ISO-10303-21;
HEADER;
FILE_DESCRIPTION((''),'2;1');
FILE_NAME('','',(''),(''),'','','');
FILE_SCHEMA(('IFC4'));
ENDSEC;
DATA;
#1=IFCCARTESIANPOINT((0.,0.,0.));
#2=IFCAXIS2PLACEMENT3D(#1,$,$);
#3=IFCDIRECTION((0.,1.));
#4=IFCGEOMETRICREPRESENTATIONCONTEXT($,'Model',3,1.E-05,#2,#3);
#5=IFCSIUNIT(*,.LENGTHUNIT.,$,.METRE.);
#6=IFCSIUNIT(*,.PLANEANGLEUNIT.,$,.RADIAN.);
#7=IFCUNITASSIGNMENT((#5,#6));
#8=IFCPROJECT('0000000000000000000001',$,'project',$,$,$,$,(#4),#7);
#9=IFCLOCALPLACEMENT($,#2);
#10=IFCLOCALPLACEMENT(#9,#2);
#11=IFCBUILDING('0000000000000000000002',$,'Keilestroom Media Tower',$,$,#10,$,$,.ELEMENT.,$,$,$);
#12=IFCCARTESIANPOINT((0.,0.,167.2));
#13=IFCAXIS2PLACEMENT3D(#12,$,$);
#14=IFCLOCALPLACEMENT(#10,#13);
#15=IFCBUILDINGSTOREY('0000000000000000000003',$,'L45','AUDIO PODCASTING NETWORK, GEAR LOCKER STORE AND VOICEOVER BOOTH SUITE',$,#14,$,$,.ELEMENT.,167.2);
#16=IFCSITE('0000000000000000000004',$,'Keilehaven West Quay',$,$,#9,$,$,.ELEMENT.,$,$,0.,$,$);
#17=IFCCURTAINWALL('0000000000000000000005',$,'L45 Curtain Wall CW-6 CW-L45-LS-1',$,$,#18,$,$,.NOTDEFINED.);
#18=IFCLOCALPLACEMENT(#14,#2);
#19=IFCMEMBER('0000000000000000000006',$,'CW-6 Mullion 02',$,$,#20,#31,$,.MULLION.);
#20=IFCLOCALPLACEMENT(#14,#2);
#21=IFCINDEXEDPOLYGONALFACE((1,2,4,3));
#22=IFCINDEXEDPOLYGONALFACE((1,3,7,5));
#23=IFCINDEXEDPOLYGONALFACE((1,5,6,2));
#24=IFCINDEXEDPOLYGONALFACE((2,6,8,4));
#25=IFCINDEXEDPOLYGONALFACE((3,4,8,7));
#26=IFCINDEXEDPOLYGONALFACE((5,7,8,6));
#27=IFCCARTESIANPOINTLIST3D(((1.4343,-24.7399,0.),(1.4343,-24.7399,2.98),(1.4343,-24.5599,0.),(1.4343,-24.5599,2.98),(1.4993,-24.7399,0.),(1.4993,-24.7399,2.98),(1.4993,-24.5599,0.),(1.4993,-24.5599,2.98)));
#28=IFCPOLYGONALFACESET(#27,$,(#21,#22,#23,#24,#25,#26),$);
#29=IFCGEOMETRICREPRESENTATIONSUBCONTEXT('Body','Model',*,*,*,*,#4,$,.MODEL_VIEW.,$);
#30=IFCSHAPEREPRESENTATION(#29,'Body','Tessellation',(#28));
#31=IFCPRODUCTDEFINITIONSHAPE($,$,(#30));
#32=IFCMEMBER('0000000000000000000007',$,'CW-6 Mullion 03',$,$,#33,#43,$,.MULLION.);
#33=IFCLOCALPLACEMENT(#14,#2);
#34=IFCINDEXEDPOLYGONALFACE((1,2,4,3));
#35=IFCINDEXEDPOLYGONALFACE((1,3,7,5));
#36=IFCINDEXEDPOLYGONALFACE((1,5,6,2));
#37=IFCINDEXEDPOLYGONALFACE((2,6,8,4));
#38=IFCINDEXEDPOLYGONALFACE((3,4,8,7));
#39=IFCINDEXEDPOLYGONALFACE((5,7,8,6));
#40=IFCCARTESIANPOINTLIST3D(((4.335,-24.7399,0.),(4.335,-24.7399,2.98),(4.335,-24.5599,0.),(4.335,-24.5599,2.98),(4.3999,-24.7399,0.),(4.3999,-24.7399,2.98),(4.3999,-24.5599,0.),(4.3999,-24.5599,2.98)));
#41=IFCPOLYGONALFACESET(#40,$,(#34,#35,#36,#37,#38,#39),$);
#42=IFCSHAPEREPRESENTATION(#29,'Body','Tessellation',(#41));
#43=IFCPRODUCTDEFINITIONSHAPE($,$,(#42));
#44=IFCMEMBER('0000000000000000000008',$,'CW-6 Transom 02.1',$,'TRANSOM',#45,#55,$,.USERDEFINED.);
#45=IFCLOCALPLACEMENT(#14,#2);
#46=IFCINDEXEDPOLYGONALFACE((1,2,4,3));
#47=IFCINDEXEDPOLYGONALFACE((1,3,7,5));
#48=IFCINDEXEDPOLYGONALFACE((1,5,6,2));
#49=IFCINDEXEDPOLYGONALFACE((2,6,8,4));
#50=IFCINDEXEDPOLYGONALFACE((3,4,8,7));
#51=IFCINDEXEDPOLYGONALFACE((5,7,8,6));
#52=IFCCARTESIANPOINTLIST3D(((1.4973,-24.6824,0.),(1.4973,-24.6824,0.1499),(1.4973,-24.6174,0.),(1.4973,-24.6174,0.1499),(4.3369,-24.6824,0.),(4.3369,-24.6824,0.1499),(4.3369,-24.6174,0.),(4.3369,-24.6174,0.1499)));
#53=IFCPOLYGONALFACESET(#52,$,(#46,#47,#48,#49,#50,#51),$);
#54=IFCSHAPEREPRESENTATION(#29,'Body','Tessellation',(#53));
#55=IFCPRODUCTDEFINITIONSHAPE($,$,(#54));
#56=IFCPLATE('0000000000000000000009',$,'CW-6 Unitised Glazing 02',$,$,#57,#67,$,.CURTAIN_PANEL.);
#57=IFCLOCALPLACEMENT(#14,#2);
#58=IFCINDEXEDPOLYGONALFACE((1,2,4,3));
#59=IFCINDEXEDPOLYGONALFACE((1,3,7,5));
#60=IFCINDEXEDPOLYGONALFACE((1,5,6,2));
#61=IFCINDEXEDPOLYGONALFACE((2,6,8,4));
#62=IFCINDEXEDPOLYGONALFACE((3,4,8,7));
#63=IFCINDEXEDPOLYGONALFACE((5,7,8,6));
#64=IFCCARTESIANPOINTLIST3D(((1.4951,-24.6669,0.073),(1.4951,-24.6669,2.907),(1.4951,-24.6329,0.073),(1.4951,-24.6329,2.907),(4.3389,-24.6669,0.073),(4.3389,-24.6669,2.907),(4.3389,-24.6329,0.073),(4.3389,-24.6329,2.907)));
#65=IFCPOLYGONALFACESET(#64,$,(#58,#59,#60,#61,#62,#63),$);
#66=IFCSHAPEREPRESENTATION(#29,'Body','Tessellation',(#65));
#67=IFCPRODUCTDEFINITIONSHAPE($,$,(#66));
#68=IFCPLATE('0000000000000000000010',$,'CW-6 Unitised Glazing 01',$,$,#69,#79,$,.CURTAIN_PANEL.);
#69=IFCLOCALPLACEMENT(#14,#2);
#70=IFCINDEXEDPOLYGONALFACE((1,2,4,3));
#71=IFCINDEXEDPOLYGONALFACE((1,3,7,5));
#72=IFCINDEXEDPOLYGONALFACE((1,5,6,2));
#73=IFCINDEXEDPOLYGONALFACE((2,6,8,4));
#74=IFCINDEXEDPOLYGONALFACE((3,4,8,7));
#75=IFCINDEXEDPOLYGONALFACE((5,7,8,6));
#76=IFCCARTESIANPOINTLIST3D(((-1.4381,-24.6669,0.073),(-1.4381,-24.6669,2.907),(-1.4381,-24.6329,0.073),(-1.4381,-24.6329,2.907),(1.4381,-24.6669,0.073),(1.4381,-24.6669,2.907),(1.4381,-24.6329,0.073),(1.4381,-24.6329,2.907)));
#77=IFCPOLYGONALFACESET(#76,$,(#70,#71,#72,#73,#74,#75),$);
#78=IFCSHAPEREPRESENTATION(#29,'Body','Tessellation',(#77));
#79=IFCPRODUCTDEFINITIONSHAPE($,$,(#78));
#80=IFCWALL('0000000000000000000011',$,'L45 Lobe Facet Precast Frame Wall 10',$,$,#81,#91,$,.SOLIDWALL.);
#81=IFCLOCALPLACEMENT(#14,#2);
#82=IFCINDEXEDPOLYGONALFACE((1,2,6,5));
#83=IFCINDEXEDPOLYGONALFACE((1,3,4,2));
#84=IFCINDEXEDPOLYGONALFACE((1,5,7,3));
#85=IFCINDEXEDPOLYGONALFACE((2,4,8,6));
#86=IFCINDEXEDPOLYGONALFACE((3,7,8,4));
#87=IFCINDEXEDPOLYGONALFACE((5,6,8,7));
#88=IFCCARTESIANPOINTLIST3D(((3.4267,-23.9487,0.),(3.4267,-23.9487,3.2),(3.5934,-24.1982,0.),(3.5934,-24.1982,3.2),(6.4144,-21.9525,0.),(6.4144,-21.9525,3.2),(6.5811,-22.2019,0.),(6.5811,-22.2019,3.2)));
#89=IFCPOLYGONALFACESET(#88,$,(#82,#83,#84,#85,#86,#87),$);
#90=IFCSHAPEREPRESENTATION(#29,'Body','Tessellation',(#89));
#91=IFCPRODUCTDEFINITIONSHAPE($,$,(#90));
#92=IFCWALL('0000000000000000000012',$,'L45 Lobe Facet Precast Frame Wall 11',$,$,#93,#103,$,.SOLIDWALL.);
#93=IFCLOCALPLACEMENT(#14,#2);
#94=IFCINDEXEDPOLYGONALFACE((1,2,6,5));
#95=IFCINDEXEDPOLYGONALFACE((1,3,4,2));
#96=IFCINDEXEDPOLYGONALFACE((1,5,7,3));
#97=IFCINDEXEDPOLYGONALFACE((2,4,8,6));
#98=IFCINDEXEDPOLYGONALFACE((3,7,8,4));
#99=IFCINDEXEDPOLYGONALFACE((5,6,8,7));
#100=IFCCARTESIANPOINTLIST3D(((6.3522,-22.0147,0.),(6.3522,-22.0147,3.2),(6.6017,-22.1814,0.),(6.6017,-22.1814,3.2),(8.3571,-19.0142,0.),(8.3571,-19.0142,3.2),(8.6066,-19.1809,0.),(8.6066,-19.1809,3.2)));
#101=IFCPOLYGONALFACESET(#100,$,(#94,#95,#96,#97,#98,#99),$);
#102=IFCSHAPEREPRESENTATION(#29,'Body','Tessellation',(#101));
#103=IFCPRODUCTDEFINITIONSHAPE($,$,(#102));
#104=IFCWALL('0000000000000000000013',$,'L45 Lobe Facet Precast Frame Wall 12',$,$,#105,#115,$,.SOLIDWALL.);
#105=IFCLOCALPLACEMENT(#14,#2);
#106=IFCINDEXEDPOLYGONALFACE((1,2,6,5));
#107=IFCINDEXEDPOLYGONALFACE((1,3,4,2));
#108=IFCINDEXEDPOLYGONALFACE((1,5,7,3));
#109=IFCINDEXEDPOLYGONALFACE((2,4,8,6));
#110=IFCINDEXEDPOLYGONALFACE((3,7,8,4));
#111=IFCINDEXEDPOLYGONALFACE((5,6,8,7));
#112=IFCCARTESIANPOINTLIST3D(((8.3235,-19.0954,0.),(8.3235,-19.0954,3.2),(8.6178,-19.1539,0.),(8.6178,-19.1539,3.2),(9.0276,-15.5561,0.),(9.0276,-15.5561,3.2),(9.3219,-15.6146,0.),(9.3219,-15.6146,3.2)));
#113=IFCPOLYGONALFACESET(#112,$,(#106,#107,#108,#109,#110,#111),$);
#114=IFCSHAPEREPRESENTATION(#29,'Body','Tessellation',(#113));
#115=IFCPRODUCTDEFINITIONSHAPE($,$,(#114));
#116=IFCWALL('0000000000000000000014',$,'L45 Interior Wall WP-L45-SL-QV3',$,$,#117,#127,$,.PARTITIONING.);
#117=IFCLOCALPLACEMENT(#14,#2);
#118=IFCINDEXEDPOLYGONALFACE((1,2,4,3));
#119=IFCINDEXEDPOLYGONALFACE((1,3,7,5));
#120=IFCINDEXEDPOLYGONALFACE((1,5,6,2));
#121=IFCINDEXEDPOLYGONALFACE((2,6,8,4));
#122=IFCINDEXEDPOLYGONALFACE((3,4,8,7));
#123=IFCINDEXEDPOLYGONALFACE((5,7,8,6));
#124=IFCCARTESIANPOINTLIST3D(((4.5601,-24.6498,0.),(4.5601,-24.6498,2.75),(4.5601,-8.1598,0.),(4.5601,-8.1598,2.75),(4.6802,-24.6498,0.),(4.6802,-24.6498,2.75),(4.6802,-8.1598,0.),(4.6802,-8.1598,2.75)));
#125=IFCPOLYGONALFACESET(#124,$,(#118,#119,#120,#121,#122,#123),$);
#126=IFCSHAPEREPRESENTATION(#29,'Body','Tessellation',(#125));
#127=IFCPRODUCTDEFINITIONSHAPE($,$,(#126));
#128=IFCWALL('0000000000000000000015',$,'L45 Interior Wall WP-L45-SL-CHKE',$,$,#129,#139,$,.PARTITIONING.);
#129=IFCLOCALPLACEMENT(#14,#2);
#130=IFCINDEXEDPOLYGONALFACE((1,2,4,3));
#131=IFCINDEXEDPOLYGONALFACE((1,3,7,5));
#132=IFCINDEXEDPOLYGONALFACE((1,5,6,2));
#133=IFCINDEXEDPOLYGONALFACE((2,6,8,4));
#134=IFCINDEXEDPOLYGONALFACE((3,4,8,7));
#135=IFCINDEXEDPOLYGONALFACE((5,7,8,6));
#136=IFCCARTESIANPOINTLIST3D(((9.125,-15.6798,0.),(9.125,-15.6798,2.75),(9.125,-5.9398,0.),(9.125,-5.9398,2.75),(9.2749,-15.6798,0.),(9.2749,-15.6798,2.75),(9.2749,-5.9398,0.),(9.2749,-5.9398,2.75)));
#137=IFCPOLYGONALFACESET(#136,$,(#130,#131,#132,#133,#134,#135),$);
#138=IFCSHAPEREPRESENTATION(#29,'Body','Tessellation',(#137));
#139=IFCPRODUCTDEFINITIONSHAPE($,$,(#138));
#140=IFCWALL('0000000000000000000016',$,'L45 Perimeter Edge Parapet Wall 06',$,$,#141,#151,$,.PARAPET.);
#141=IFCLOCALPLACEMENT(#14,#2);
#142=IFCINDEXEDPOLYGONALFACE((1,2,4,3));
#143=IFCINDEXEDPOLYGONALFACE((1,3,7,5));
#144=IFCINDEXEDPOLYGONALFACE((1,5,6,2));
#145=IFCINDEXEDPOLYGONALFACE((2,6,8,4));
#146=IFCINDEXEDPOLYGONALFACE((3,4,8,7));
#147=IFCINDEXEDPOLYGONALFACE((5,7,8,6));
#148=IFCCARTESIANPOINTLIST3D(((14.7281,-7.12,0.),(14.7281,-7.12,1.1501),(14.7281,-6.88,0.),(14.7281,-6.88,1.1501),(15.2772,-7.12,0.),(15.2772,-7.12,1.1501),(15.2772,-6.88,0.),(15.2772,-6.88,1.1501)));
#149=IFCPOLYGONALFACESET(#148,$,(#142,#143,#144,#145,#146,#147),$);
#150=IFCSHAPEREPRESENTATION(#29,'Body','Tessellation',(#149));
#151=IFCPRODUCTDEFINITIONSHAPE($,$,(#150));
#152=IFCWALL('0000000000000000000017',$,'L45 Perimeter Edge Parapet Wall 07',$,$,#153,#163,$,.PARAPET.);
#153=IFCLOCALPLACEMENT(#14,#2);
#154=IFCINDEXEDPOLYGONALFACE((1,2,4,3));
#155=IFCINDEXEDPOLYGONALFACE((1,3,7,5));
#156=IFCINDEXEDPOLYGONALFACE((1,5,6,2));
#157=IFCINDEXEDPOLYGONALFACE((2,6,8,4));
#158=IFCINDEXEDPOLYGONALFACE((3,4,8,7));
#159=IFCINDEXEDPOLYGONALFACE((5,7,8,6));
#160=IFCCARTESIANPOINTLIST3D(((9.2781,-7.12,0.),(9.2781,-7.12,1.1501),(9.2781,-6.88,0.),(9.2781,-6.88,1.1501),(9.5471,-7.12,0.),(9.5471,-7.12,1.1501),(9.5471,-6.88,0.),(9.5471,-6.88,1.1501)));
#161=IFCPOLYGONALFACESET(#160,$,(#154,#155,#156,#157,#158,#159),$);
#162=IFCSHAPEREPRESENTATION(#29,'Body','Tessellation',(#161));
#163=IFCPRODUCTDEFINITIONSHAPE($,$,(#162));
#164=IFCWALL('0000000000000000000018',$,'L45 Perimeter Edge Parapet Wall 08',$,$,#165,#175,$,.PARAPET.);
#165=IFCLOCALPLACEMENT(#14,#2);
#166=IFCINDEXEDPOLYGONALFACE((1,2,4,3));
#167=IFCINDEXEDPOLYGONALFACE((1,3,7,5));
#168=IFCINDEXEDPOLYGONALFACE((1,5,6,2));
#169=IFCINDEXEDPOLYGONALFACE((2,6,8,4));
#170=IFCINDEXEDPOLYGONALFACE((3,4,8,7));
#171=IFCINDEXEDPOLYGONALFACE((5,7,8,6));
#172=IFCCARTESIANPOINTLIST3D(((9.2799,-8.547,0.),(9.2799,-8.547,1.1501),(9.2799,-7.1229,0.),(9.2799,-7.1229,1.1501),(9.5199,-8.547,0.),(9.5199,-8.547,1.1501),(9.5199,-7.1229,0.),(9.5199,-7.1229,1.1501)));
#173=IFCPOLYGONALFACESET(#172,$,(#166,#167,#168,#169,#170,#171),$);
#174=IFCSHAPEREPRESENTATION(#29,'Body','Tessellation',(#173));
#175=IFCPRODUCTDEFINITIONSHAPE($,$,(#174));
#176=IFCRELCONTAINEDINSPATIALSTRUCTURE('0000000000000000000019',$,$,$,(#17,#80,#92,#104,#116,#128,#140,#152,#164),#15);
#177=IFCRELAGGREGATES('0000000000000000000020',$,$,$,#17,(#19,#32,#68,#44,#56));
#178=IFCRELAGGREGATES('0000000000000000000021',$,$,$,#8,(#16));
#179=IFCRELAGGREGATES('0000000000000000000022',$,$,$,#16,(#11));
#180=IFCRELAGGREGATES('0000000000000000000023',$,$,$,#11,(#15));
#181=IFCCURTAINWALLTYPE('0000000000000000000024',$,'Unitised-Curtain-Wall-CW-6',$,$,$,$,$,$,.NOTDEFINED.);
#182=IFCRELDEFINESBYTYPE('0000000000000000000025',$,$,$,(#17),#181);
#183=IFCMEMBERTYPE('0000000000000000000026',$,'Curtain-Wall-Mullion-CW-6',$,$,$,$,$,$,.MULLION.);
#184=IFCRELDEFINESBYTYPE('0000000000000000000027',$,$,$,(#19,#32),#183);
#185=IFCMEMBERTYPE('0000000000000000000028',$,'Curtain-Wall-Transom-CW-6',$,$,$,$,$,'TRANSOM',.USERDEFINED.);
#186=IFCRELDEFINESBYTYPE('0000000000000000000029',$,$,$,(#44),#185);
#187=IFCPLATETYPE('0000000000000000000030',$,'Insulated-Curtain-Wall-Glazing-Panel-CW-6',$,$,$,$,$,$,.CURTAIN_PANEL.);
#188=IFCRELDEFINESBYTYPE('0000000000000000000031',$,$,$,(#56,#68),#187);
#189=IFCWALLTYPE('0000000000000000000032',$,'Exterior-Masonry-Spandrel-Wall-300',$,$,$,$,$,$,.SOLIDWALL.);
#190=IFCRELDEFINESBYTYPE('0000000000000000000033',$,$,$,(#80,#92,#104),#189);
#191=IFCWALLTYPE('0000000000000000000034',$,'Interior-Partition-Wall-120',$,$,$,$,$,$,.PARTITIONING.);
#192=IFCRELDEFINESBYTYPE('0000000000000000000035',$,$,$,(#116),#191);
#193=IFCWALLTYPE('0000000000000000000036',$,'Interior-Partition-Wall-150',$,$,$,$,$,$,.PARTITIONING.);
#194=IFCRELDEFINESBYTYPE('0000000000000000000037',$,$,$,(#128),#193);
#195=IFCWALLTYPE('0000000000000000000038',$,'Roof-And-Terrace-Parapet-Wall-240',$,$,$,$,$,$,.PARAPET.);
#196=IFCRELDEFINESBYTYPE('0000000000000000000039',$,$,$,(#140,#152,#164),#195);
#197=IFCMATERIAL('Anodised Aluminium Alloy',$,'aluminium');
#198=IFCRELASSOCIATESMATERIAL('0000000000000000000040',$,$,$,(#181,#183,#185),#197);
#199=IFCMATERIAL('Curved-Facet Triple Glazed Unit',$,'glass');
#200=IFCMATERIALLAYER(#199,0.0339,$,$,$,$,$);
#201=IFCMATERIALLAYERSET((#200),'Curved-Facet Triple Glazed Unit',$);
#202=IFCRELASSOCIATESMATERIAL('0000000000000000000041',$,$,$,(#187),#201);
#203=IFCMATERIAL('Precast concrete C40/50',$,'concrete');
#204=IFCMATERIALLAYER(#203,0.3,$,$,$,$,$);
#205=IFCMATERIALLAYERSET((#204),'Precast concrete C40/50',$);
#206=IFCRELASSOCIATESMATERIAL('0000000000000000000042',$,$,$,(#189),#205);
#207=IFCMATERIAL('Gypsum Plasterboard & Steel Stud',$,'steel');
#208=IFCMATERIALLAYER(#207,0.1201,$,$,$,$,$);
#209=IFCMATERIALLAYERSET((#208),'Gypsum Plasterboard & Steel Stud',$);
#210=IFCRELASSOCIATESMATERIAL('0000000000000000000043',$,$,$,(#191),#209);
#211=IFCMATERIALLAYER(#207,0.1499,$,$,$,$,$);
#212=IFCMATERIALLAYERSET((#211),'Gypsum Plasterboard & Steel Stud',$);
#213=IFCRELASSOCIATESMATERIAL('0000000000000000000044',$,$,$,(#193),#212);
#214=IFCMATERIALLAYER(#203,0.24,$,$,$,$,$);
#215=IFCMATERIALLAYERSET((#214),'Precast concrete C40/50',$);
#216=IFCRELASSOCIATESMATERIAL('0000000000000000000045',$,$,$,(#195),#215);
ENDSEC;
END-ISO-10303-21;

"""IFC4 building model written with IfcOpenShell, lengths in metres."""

from ifc_helpers import new_model, si_unit, direction, frame, frame_2d, origin, origin_2d, place, context, subcontext, project, spatial, rectangle, extrude, source, transform, mapped, material, layer, layer_set, material_profile, profile_set, type_object, element, aggregate, save


model = new_model("IFC4")

# Units and contexts
model_context = context("Model", 3, precision=1e-05, world=origin(), true_north=direction((0.0, 1.0)))
body_context = subcontext(model_context, "Body", "Model", "MODEL_VIEW")
ifc_project = project(units=[si_unit("LENGTHUNIT", "METRE"), si_unit("PLANEANGLEUNIT", "RADIAN")], contexts=[model_context])

# Site, building, storey
site_placement = place(None, origin())
site = spatial("IfcSite", under=ifc_project, at=site_placement, Name="Keilehaven West Quay", CompositionType="ELEMENT", RefElevation=0.0)
building_placement = place(site_placement, origin())
building = spatial("IfcBuilding", under=site, at=building_placement, Name="Keilestroom Media Tower", CompositionType="ELEMENT")
storey_placement = place(building_placement, frame((0.0, 0.0, 167.2)))
storey = spatial("IfcBuildingStorey", under=building, at=storey_placement, Name="L45", Description="AUDIO PODCASTING NETWORK, GEAR LOCKER STORE AND VOICEOVER BOOTH SUITE", CompositionType="ELEMENT", Elevation=167.2)

# Shared definitions
ifc_material_1 = material(Name="Precast concrete C40/50", Category="concrete")

# Curtain wall, members, plates
ifc_material_2 = material(Name="Anodised Aluminium Alloy", Category="aluminium")
curtain_wall_type = type_object("IfcCurtainWallType", Name="Unitised-Curtain-Wall-CW-6", PredefinedType="NOTDEFINED", material=ifc_material_2)
curtain_wall_placement = place(storey_placement, origin())
curtain_wall = element("IfcCurtainWall", 1, at=curtain_wall_placement, inside=storey, type_object=curtain_wall_type, Name="L45 Curtain Wall CW-6 CW-L45-LS-1", PredefinedType="NOTDEFINED")
ifc_material_profile_1 = material_profile(ifc_material_2, rectangle(XDim=0.0649, YDim=0.1799, at=origin_2d()), Name="ALU MULLION 65x180")
ifc_profile_set_1 = profile_set([ifc_material_profile_1], Name="Anodised Aluminium Alloy")
member_type_1 = type_object("IfcMemberType", Name="Curtain-Wall-Mullion-CW-6", PredefinedType="MULLION", material=ifc_profile_set_1)
shared_shape_1 = source(origin(), body_context, "Body", "SweptSolid", [
    extrude(rectangle(XDim=0.0649, YDim=0.1799, at=origin_2d()), origin(), (0.0, 0.0, 1.0), 2.98),
])
member_1_placement = place(storey_placement, frame((1.4668, -24.6499, 0.0), z_axis=(0.0, 0.0, 1.0), x_axis=(1.0, 0.0, 0.0)))
member_1 = element("IfcMember", 2, at=member_1_placement, type_object=member_type_1, Name="CW-6 Mullion 02", PredefinedType="MULLION", context=body_context, shape_type="MappedRepresentation", body=[
    mapped(shared_shape_1, transform((0.0, 0.0, 0.0), x_axis=(1.0, 0.0, 0.0), y_axis=(0.0, 1.0, 0.0), z_axis=(0.0, 0.0, 1.0), scale=1.0)),
])
member_2_placement = place(storey_placement, frame((4.3674, -24.6499, 0.0), z_axis=(0.0, 0.0, 1.0), x_axis=(1.0, 0.0, 0.0)))
member_2 = element("IfcMember", 3, at=member_2_placement, type_object=member_type_1, Name="CW-6 Mullion 03", PredefinedType="MULLION", context=body_context, shape_type="MappedRepresentation", body=[
    mapped(shared_shape_1, transform((0.0, 0.0, 0.0), x_axis=(1.0, 0.0, 0.0), y_axis=(0.0, 1.0, 0.0), z_axis=(0.0, 0.0, 1.0), scale=1.0)),
])
ifc_material_profile_2 = material_profile(ifc_material_2, rectangle(XDim=0.0649, YDim=0.1499, at=origin_2d()), Name="ALU TRANSOM 65x150")
ifc_profile_set_2 = profile_set([ifc_material_profile_2], Name="Anodised Aluminium Alloy")
member_type_2 = type_object("IfcMemberType", Name="Curtain-Wall-Transom-CW-6", ElementType="TRANSOM", PredefinedType="USERDEFINED", material=ifc_profile_set_2)
shared_shape_2 = source(origin(), body_context, "Body", "SweptSolid", [
    extrude(rectangle(XDim=0.0649, YDim=0.1499, at=origin_2d()), origin(), (0.0, 0.0, 1.0), 2.8396),
])
member_3_placement = place(storey_placement, frame((1.4973, -24.6499, 0.075), z_axis=(1.0, 0.0, 0.0), x_axis=(0.0, 1.0, 0.0)))
member_3 = element("IfcMember", 4, at=member_3_placement, type_object=member_type_2, Name="CW-6 Transom 02.1", ObjectType="TRANSOM", PredefinedType="USERDEFINED", context=body_context, shape_type="MappedRepresentation", body=[
    mapped(shared_shape_2, transform((0.0, 0.0, 0.0), x_axis=(1.0, 0.0, 0.0), y_axis=(0.0, 1.0, 0.0), z_axis=(0.0, 0.0, 1.0), scale=1.0)),
])
ifc_material_3 = material(Name="Curved-Facet Triple Glazed Unit", Category="glass")
ifc_layer_1 = layer(ifc_material_3, 0.0339)
ifc_layer_set_1 = layer_set([ifc_layer_1], Name="Curved-Facet Triple Glazed Unit")
plate_type = type_object("IfcPlateType", Name="Insulated-Curtain-Wall-Glazing-Panel-CW-6", PredefinedType="CURTAIN_PANEL", material=ifc_layer_set_1)
shared_shape_3 = source(origin(), body_context, "Body", "SweptSolid", [
    extrude(rectangle(XDim=2.8438, YDim=0.0339, at=origin_2d()), origin(), (0.0, 0.0, 1.0), 2.834),
])
plate_1_placement = place(storey_placement, frame((2.917, -24.6499, 0.073), z_axis=(0.0, 0.0, 1.0), x_axis=(1.0, 0.0, 0.0)))
plate_1 = element("IfcPlate", 5, at=plate_1_placement, type_object=plate_type, Name="CW-6 Unitised Glazing 02", PredefinedType="CURTAIN_PANEL", context=body_context, shape_type="MappedRepresentation", body=[
    mapped(shared_shape_3, transform((0.0, 0.0, 0.0), x_axis=(1.0, 0.0, 0.0), y_axis=(0.0, 1.0, 0.0), z_axis=(0.0, 0.0, 1.0), scale=1.0)),
])
shared_shape_4 = source(origin(), body_context, "Body", "SweptSolid", [
    extrude(rectangle(XDim=2.8762, YDim=0.0339, at=origin_2d()), origin(), (0.0, 0.0, 1.0), 2.834),
])
plate_2_placement = place(storey_placement, frame((0.0, -24.6499, 0.073), z_axis=(0.0, 0.0, 1.0), x_axis=(1.0, 0.0, 0.0)))
plate_2 = element("IfcPlate", 6, at=plate_2_placement, type_object=plate_type, Name="CW-6 Unitised Glazing 01", PredefinedType="CURTAIN_PANEL", context=body_context, shape_type="MappedRepresentation", body=[
    mapped(shared_shape_4, transform((0.0, 0.0, 0.0), x_axis=(1.0, 0.0, 0.0), y_axis=(0.0, 1.0, 0.0), z_axis=(0.0, 0.0, 1.0), scale=1.0)),
])
aggregate(curtain_wall, [member_1, member_2, plate_2, member_3, plate_1])

# Walls
ifc_layer_2 = layer(ifc_material_1, 0.3)
ifc_layer_set_2 = layer_set([ifc_layer_2], Name="Precast concrete C40/50")
wall_type_1 = type_object("IfcWallType", Name="Exterior-Masonry-Spandrel-Wall-300", PredefinedType="SOLIDWALL", material=ifc_layer_set_2)
wall_1_placement = place(storey_placement, frame((3.51, -24.0735, 0.0), z_axis=(0.0, 0.0, 1.0), x_axis=(0.831475, 0.555562, 0.0)))
element("IfcWall", 7, at=wall_1_placement, inside=storey, type_object=wall_type_1, Name="L45 Lobe Facet Precast Frame Wall 10", PredefinedType="SOLIDWALL", context=body_context, shape_type="SweptSolid", body=[
    extrude(rectangle(XDim=3.5933, YDim=0.3, at=frame_2d((1.7966, 0.0))), origin(), (0.0, 0.0, 1.0), 3.2),
])
for number, where, z_axis, x_axis, name in (
    (8, (6.4771, -22.0979, 0.0), (0.0, 0.0, 1.0), (0.555574, 0.831467, 0.0), "L45 Lobe Facet Precast Frame Wall 11"),
    (9, (8.4707, -19.1245, 0.0), (0.0, 0.0, 1.0), (0.195114, 0.980781, 0.0), "L45 Lobe Facet Precast Frame Wall 12"),
):
    element("IfcWall", number, at=place(storey_placement, frame(where, z_axis=z_axis, x_axis=x_axis)), inside=storey, type_object=wall_type_1, Name=name, PredefinedType="SOLIDWALL", context=body_context, shape_type="SweptSolid", body=[
        extrude(rectangle(XDim=3.6086, YDim=0.3, at=frame_2d((1.8042, 0.0))), origin(), (0.0, 0.0, 1.0), 3.2),
    ])
ifc_material_4 = material(Name="Gypsum Plasterboard & Steel Stud", Category="steel")
ifc_layer_3 = layer(ifc_material_4, 0.1201)
ifc_layer_set_3 = layer_set([ifc_layer_3], Name="Gypsum Plasterboard & Steel Stud")
wall_type_2 = type_object("IfcWallType", Name="Interior-Partition-Wall-120", PredefinedType="PARTITIONING", material=ifc_layer_set_3)
wall_2_placement = place(storey_placement, frame((4.6201, -24.6499, 0.0), z_axis=(0.0, 0.0, 1.0), x_axis=(0.0, 1.0, 0.0)))
element("IfcWall", 10, at=wall_2_placement, inside=storey, type_object=wall_type_2, Name="L45 Interior Wall WP-L45-SL-QV3", PredefinedType="PARTITIONING", context=body_context, shape_type="SweptSolid", body=[
    extrude(rectangle(XDim=16.49, YDim=0.1201, at=frame_2d((8.2451, 0.0))), origin(), (0.0, 0.0, 1.0), 2.75),
])
ifc_layer_4 = layer(ifc_material_4, 0.1499)
ifc_layer_set_4 = layer_set([ifc_layer_4], Name="Gypsum Plasterboard & Steel Stud")
wall_type_3 = type_object("IfcWallType", Name="Interior-Partition-Wall-150", PredefinedType="PARTITIONING", material=ifc_layer_set_4)
wall_3_placement = place(storey_placement, frame((9.2, -15.6799, 0.0), z_axis=(0.0, 0.0, 1.0), x_axis=(0.0, 1.0, 0.0)))
element("IfcWall", 11, at=wall_3_placement, inside=storey, type_object=wall_type_3, Name="L45 Interior Wall WP-L45-SL-CHKE", PredefinedType="PARTITIONING", context=body_context, shape_type="SweptSolid", body=[
    extrude(rectangle(XDim=9.74, YDim=0.1499, at=frame_2d((4.8701, 0.0))), origin(), (0.0, 0.0, 1.0), 2.75),
])
ifc_layer_5 = layer(ifc_material_1, 0.24)
ifc_layer_set_5 = layer_set([ifc_layer_5], Name="Precast concrete C40/50")
wall_type_4 = type_object("IfcWallType", Name="Roof-And-Terrace-Parapet-Wall-240", PredefinedType="PARAPET", material=ifc_layer_set_5)
wall_4_placement = place(storey_placement, frame((15.2771, -7.0, 0.0), z_axis=(0.0, 0.0, 1.0), x_axis=(-1.0, 0.0, 0.0)))
element("IfcWall", 12, at=wall_4_placement, inside=storey, type_object=wall_type_4, Name="L45 Perimeter Edge Parapet Wall 06", PredefinedType="PARAPET", context=body_context, shape_type="SweptSolid", body=[
    extrude(rectangle(XDim=0.5491, YDim=0.24, at=frame_2d((0.2744, 0.0))), origin(), (0.0, 0.0, 1.0), 1.1501),
])
wall_5_placement = place(storey_placement, frame((9.5471, -7.0, 0.0), z_axis=(0.0, 0.0, 1.0), x_axis=(-1.0, 0.0, 0.0)))
element("IfcWall", 13, at=wall_5_placement, inside=storey, type_object=wall_type_4, Name="L45 Perimeter Edge Parapet Wall 07", PredefinedType="PARAPET", context=body_context, shape_type="SweptSolid", body=[
    extrude(rectangle(XDim=0.269, YDim=0.24, at=frame_2d((0.1345, 0.0))), origin(), (0.0, 0.0, 1.0), 1.1501),
])
wall_6_placement = place(storey_placement, frame((9.3999, -7.123, 0.0), z_axis=(0.0, 0.0, 1.0), x_axis=(0.0, -1.0, 0.0)))
element("IfcWall", 14, at=wall_6_placement, inside=storey, type_object=wall_type_4, Name="L45 Perimeter Edge Parapet Wall 08", PredefinedType="PARAPET", context=body_context, shape_type="SweptSolid", body=[
    extrude(rectangle(XDim=1.4241, YDim=0.24, at=frame_2d((0.7119, 0.0))), origin(), (0.0, 0.0, 1.0), 1.1501),
])

save(model, "model.ifc")
